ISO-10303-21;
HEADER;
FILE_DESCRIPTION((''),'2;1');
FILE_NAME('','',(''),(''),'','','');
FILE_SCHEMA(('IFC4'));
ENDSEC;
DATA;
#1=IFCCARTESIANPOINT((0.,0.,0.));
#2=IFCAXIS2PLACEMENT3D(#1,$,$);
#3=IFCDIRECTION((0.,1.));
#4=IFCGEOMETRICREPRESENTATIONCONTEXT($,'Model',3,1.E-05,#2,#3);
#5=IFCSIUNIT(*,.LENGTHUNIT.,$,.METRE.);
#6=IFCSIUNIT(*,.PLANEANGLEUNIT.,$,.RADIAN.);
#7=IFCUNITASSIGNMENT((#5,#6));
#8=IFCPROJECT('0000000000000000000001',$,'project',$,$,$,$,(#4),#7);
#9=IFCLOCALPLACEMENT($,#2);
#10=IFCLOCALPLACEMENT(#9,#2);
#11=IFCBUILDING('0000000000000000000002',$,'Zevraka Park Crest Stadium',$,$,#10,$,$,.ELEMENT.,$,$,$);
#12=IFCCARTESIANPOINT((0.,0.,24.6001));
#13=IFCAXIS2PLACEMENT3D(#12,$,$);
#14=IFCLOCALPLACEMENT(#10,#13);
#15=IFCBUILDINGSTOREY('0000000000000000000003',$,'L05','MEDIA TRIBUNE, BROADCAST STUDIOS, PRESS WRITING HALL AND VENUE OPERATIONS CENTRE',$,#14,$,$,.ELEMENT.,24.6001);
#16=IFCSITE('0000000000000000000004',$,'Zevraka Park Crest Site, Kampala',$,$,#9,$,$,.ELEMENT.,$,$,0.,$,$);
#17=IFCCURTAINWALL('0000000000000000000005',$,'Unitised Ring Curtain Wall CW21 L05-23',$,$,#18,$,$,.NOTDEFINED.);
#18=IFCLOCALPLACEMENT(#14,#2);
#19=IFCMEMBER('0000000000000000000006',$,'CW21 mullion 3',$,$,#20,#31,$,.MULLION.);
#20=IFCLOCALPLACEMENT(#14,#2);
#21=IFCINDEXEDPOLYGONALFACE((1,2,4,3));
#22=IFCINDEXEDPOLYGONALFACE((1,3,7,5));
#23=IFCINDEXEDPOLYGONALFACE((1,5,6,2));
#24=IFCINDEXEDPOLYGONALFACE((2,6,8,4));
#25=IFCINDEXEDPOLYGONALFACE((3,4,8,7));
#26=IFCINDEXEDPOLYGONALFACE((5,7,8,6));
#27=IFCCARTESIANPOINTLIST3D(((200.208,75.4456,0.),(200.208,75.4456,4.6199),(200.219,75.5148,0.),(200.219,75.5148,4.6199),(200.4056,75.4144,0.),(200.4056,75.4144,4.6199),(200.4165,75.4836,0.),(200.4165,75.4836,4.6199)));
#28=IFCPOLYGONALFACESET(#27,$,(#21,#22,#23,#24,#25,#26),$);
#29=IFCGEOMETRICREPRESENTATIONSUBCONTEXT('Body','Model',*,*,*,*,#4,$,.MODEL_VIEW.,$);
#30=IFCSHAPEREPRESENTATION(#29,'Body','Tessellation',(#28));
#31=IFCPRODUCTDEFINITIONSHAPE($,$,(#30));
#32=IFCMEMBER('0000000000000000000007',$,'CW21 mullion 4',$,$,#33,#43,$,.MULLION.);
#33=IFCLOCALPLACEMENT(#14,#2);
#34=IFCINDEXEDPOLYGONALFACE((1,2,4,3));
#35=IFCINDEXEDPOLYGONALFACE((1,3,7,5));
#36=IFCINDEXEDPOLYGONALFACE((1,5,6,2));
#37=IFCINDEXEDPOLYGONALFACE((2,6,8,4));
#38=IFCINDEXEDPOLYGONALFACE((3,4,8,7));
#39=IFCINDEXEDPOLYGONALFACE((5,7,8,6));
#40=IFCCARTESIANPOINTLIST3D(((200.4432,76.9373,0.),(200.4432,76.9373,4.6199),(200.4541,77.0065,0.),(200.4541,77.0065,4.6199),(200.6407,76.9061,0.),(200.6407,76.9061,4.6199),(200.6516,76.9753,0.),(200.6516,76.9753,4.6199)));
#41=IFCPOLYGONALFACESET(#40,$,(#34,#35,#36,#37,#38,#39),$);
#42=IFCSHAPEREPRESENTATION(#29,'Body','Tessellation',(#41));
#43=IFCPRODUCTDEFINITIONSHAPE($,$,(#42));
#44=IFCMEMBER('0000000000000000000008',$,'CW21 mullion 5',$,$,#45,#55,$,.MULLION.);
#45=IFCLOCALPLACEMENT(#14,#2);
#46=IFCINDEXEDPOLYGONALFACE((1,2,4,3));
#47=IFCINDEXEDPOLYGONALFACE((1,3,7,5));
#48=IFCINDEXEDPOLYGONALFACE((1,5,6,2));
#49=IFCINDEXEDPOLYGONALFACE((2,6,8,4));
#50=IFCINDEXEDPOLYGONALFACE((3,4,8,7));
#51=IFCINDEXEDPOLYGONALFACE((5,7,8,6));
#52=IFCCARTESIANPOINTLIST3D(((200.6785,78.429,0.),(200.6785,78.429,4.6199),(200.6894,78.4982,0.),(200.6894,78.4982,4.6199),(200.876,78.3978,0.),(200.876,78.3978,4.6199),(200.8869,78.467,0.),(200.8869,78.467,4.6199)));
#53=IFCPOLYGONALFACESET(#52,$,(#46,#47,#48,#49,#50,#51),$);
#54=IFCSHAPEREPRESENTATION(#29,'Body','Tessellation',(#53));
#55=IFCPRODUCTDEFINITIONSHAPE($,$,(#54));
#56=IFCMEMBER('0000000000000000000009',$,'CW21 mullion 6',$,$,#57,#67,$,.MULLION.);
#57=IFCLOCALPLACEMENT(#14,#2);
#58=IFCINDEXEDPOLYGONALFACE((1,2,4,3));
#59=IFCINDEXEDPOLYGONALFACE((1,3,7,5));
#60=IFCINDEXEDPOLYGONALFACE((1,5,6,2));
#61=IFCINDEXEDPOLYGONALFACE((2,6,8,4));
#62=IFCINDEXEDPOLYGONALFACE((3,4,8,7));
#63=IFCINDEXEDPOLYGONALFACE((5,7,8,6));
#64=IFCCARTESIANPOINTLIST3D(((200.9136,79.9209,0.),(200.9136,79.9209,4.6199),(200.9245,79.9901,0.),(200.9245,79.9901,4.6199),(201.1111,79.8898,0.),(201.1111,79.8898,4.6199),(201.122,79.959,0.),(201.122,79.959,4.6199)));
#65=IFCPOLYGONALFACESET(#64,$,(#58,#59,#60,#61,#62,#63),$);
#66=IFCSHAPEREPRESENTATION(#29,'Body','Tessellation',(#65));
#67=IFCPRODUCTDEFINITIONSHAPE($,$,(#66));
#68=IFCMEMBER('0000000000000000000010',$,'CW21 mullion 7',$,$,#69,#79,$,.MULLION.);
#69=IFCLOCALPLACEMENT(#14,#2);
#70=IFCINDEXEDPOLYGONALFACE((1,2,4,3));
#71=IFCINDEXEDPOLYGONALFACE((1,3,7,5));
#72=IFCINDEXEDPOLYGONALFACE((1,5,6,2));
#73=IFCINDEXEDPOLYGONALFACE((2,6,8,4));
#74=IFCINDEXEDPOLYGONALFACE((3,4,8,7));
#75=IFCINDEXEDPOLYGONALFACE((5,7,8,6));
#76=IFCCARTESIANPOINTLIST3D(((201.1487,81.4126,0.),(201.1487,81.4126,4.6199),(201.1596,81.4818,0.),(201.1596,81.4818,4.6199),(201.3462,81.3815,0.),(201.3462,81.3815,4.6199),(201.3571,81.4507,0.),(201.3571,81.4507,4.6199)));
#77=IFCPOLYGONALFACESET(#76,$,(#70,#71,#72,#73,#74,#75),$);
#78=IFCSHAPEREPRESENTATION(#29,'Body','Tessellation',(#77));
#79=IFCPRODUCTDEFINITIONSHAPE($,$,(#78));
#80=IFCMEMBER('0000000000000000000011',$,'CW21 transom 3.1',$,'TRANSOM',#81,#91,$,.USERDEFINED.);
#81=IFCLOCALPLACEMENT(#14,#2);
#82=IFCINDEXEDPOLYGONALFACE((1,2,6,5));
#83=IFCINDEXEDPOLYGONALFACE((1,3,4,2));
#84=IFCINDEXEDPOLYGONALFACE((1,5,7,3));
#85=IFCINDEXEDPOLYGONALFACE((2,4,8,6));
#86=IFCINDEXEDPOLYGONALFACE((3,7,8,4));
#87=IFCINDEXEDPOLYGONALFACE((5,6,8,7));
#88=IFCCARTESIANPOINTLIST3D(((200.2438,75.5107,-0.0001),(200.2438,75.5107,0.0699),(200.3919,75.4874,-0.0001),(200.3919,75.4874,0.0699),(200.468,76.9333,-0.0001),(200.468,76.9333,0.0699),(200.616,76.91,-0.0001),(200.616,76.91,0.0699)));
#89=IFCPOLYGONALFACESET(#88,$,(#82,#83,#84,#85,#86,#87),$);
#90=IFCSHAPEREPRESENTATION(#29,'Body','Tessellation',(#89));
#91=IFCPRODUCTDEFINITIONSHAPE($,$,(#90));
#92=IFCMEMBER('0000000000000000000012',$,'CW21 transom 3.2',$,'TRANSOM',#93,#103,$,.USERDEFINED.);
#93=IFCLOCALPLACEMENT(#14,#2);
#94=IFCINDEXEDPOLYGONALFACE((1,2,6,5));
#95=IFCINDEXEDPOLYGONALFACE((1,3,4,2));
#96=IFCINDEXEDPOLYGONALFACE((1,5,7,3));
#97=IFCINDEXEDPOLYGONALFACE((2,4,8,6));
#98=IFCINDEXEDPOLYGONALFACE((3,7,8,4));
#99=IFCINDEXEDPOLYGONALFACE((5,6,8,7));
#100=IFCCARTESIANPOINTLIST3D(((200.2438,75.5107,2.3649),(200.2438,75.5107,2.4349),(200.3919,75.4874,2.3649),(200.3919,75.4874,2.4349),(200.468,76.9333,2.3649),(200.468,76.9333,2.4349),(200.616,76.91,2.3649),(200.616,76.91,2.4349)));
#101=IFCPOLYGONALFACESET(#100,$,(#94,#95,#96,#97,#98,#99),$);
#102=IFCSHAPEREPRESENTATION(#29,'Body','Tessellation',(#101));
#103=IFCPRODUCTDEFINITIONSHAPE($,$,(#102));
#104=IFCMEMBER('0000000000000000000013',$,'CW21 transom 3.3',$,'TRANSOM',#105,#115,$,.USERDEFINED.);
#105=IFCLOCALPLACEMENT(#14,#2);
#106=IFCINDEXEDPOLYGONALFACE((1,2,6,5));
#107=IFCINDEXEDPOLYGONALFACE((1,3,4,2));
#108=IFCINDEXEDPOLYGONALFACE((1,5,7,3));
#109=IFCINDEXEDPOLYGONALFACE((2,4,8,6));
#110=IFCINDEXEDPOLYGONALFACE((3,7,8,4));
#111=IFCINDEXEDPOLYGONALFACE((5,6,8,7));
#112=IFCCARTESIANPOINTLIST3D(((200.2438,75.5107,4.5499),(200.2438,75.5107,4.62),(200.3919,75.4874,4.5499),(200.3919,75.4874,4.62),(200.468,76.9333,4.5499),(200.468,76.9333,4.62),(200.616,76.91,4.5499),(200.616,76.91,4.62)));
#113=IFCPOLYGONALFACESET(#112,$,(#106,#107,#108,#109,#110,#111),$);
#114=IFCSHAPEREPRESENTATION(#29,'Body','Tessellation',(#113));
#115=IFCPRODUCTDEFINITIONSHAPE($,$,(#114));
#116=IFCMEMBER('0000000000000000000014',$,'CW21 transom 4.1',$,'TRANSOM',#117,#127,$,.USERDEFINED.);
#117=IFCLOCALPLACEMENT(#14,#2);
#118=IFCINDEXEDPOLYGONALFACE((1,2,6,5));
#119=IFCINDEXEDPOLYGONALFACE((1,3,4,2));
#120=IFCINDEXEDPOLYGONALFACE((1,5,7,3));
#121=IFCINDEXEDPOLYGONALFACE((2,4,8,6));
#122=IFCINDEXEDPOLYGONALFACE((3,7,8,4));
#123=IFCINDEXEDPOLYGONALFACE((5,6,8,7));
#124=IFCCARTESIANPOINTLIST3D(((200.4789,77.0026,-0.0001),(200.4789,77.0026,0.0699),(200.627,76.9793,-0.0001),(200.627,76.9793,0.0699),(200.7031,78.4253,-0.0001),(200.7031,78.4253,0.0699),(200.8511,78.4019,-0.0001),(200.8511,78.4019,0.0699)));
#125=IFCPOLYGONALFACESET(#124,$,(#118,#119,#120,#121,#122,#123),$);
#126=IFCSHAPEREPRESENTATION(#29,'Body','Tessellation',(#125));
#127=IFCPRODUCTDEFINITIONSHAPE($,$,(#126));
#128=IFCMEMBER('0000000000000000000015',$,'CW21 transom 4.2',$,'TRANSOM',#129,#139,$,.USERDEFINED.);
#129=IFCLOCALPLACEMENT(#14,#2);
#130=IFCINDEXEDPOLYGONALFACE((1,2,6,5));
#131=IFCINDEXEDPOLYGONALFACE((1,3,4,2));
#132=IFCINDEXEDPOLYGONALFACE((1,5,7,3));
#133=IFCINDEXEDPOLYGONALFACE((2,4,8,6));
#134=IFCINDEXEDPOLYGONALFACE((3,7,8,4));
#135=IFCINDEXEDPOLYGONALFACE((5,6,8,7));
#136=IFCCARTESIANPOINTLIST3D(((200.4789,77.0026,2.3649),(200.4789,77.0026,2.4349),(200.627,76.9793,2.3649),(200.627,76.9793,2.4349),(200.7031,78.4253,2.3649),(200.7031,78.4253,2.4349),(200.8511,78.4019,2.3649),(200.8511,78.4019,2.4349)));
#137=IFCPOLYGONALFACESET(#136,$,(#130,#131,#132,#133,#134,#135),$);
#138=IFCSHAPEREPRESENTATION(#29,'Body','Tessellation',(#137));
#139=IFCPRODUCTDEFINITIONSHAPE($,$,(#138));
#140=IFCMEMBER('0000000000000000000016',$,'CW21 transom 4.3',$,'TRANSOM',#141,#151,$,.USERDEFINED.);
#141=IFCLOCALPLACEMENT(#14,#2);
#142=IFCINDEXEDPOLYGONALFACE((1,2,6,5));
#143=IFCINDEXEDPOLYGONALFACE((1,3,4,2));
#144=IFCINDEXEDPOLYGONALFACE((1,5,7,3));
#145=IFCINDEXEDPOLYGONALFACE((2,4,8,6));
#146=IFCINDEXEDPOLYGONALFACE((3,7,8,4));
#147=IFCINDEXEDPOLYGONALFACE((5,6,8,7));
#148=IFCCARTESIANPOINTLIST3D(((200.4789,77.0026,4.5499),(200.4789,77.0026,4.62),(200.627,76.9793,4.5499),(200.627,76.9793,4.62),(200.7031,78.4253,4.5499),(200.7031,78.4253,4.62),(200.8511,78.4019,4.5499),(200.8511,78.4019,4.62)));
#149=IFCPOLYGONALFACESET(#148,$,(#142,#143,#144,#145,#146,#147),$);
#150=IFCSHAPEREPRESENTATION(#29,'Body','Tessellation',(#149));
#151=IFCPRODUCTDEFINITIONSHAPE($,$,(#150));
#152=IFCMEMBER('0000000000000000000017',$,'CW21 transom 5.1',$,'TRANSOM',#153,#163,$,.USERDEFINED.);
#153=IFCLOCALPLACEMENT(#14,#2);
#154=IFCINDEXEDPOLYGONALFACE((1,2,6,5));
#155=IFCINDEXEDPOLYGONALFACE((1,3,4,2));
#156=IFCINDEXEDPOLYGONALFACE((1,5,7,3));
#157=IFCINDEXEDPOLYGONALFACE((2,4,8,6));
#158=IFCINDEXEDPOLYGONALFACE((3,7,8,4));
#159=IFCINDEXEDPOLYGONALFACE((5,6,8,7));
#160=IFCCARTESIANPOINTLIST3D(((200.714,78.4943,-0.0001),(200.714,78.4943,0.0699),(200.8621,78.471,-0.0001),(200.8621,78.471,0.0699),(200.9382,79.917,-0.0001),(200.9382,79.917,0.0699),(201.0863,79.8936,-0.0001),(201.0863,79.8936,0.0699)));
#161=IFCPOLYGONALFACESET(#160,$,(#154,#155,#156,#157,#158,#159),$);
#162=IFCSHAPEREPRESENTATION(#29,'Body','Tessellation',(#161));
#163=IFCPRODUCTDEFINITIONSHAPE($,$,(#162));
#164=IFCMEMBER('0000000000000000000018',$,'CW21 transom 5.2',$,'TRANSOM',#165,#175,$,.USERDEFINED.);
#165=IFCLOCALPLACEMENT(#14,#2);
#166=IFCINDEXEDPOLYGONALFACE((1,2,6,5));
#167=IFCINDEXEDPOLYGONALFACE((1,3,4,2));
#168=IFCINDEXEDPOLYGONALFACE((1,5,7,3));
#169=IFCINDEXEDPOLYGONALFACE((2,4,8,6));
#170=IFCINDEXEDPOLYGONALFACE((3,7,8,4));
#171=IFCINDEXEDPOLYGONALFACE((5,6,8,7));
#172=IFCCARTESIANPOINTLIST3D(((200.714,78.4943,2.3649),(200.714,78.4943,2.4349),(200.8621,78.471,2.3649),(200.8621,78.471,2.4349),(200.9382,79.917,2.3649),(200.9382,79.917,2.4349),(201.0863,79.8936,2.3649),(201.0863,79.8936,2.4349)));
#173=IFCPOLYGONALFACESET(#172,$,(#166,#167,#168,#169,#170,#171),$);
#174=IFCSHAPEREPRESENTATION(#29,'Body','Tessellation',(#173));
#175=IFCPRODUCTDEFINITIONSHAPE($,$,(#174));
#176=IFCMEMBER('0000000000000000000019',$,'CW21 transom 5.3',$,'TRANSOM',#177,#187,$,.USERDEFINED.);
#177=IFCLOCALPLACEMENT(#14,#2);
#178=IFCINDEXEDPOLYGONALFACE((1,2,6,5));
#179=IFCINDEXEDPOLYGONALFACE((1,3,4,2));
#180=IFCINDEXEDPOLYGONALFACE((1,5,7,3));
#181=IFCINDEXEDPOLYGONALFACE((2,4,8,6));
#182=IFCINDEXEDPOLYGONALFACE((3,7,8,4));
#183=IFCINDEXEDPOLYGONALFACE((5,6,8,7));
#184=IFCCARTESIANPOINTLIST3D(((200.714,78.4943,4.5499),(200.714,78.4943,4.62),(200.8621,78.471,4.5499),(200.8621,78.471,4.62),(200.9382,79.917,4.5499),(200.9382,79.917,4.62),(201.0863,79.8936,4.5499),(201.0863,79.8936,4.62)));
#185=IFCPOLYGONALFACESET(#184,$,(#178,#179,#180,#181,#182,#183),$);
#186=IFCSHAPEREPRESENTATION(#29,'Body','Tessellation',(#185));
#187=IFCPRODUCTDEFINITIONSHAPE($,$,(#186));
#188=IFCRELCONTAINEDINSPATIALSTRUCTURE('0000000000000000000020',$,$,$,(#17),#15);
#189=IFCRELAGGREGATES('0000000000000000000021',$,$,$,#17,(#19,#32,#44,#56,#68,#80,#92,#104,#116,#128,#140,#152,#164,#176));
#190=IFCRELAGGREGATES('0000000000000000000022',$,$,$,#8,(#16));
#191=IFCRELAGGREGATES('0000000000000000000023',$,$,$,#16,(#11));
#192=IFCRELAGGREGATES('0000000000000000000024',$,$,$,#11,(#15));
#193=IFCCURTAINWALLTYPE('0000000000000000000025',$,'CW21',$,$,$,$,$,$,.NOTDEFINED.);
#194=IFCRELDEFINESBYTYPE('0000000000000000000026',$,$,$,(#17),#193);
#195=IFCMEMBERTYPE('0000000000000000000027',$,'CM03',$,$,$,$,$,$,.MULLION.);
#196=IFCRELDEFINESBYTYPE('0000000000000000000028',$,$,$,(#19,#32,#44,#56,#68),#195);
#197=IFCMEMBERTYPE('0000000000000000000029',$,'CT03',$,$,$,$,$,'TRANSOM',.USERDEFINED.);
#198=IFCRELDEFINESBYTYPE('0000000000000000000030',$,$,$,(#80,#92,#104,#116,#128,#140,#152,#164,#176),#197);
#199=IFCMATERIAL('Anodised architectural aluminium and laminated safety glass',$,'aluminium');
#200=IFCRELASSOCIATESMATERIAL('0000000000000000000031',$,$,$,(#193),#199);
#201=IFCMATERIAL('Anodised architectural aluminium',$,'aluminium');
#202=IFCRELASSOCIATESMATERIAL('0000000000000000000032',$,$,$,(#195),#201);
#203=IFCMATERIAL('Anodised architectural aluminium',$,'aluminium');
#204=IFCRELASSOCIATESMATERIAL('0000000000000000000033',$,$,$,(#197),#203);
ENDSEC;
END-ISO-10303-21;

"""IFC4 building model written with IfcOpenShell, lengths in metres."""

from ifc_helpers import new_model, si_unit, direction, frame, origin, origin_2d, place, context, subcontext, project, spatial, rectangle, extrude, material, material_profile, profile_set, type_object, element, aggregate, save


model = new_model("IFC4")

# Units and contexts
model_context = context("Model", 3, precision=1e-05, world=origin(), true_north=direction((0.0, 1.0)))
body_context = subcontext(model_context, "Body", "Model", "MODEL_VIEW")
ifc_project = project(units=[si_unit("LENGTHUNIT", "METRE"), si_unit("PLANEANGLEUNIT", "RADIAN")], contexts=[model_context])

# Site, building, storey
site_placement = place(None, origin())
site = spatial("IfcSite", under=ifc_project, at=site_placement, Name="Zevraka Park Crest Site, Kampala", CompositionType="ELEMENT", RefElevation=0.0)
building_placement = place(site_placement, origin())
building = spatial("IfcBuilding", under=site, at=building_placement, Name="Zevraka Park Crest Stadium", CompositionType="ELEMENT")
storey_placement = place(building_placement, frame((0.0, 0.0, 24.6001)))
storey = spatial("IfcBuildingStorey", under=building, at=storey_placement, Name="L05", Description="MEDIA TRIBUNE, BROADCAST STUDIOS, PRESS WRITING HALL AND VENUE OPERATIONS CENTRE", CompositionType="ELEMENT", Elevation=24.6001)

# Curtain wall, members
ifc_material_1 = material(Name="Anodised architectural aluminium and laminated safety glass", Category="aluminium")
curtain_wall_type = type_object("IfcCurtainWallType", Name="CW21", PredefinedType="NOTDEFINED", material=ifc_material_1)
curtain_wall_placement = place(storey_placement, origin())
curtain_wall = element("IfcCurtainWall", 1, at=curtain_wall_placement, inside=storey, type_object=curtain_wall_type, Name="Unitised Ring Curtain Wall CW21 L05-23", PredefinedType="NOTDEFINED")
ifc_material_2 = material(Name="Anodised architectural aluminium", Category="aluminium")
ifc_material_profile_1 = material_profile(ifc_material_2, rectangle(XDim=0.2, YDim=0.0701, at=origin_2d()), Name="ALU MULLION 200x70")
ifc_profile_set_1 = profile_set([ifc_material_profile_1], Name="Anodised architectural aluminium")
member_type_1 = type_object("IfcMemberType", Name="CM03", PredefinedType="MULLION", material=ifc_profile_set_1)
member_1_placement = place(storey_placement, frame((200.3123, 75.4646, 0.0), z_axis=(0.0, 0.0, 1.0), x_axis=(-0.987803, 0.155711, 0.0)))
member_1 = element("IfcMember", 2, at=member_1_placement, type_object=member_type_1, Name="CW21 mullion 3", PredefinedType="MULLION", context=body_context, shape_type="SweptSolid", body=[
    extrude(rectangle(XDim=0.2, YDim=0.0701, at=origin_2d()), origin(), (0.0, 0.0, 1.0), 4.6199),
])
member_2_placement = place(storey_placement, frame((200.5474, 76.9563, 0.0), z_axis=(0.0, 0.0, 1.0), x_axis=(-0.987803, 0.155711, 0.0)))
member_2 = element("IfcMember", 3, at=member_2_placement, type_object=member_type_1, Name="CW21 mullion 4", PredefinedType="MULLION", context=body_context, shape_type="SweptSolid", body=[
    extrude(rectangle(XDim=0.2, YDim=0.0701, at=origin_2d()), origin(), (0.0, 0.0, 1.0), 4.6199),
])
member_3_placement = place(storey_placement, frame((200.7827, 78.448, 0.0), z_axis=(0.0, 0.0, 1.0), x_axis=(-0.987803, 0.155711, 0.0)))
member_3 = element("IfcMember", 4, at=member_3_placement, type_object=member_type_1, Name="CW21 mullion 5", PredefinedType="MULLION", context=body_context, shape_type="SweptSolid", body=[
    extrude(rectangle(XDim=0.2, YDim=0.0701, at=origin_2d()), origin(), (0.0, 0.0, 1.0), 4.6199),
])
member_4_placement = place(storey_placement, frame((201.0178, 79.9399, 0.0), z_axis=(0.0, 0.0, 1.0), x_axis=(-0.987803, 0.155711, 0.0)))
member_4 = element("IfcMember", 5, at=member_4_placement, type_object=member_type_1, Name="CW21 mullion 6", PredefinedType="MULLION", context=body_context, shape_type="SweptSolid", body=[
    extrude(rectangle(XDim=0.2, YDim=0.0701, at=origin_2d()), origin(), (0.0, 0.0, 1.0), 4.6199),
])
member_5_placement = place(storey_placement, frame((201.2529, 81.4316, 0.0), z_axis=(0.0, 0.0, 1.0), x_axis=(-0.987803, 0.155711, 0.0)))
member_5 = element("IfcMember", 6, at=member_5_placement, type_object=member_type_1, Name="CW21 mullion 7", PredefinedType="MULLION", context=body_context, shape_type="SweptSolid", body=[
    extrude(rectangle(XDim=0.2, YDim=0.0701, at=origin_2d()), origin(), (0.0, 0.0, 1.0), 4.6199),
])
ifc_material_3 = material(Name="Anodised architectural aluminium", Category="aluminium")
ifc_material_profile_2 = material_profile(ifc_material_3, rectangle(XDim=0.1499, YDim=0.0701, at=origin_2d()), Name="ALU TRANSOM 150x70")
ifc_profile_set_2 = profile_set([ifc_material_profile_2], Name="Anodised architectural aluminium")
member_type_2 = type_object("IfcMemberType", Name="CT03", ElementType="TRANSOM", PredefinedType="USERDEFINED", material=ifc_profile_set_2)
member_6_placement = place(storey_placement, frame((200.3179, 75.499, 0.0349), z_axis=(0.155623, 0.987817, 0.0), x_axis=(-0.987817, 0.155623, 0.0)))
member_6 = element("IfcMember", 7, at=member_6_placement, type_object=member_type_2, Name="CW21 transom 3.1", ObjectType="TRANSOM", PredefinedType="USERDEFINED", context=body_context, shape_type="SweptSolid", body=[
    extrude(rectangle(XDim=0.1499, YDim=0.0701, at=origin_2d()), origin(), (0.0, 0.0, 1.0), 1.4402),
])
member_7_placement = place(storey_placement, frame((200.3179, 75.499, 2.3999), z_axis=(0.155623, 0.987817, 0.0), x_axis=(-0.987817, 0.155623, 0.0)))
member_7 = element("IfcMember", 8, at=member_7_placement, type_object=member_type_2, Name="CW21 transom 3.2", ObjectType="TRANSOM", PredefinedType="USERDEFINED", context=body_context, shape_type="SweptSolid", body=[
    extrude(rectangle(XDim=0.1499, YDim=0.0701, at=origin_2d()), origin(), (0.0, 0.0, 1.0), 1.4402),
])
member_8_placement = place(storey_placement, frame((200.3179, 75.499, 4.585), z_axis=(0.155623, 0.987817, 0.0), x_axis=(-0.987817, 0.155623, 0.0)))
member_8 = element("IfcMember", 9, at=member_8_placement, type_object=member_type_2, Name="CW21 transom 3.3", ObjectType="TRANSOM", PredefinedType="USERDEFINED", context=body_context, shape_type="SweptSolid", body=[
    extrude(rectangle(XDim=0.1499, YDim=0.0701, at=origin_2d()), origin(), (0.0, 0.0, 1.0), 1.4402),
])
member_9_placement = place(storey_placement, frame((200.553, 76.991, 0.0349), z_axis=(0.155623, 0.987817, 0.0), x_axis=(-0.987817, 0.155623, 0.0)))
member_9 = element("IfcMember", 10, at=member_9_placement, type_object=member_type_2, Name="CW21 transom 4.1", ObjectType="TRANSOM", PredefinedType="USERDEFINED", context=body_context, shape_type="SweptSolid", body=[
    extrude(rectangle(XDim=0.1499, YDim=0.0701, at=origin_2d()), origin(), (0.0, 0.0, 1.0), 1.4402),
])
member_10_placement = place(storey_placement, frame((200.553, 76.991, 2.3999), z_axis=(0.155623, 0.987817, 0.0), x_axis=(-0.987817, 0.155623, 0.0)))
member_10 = element("IfcMember", 11, at=member_10_placement, type_object=member_type_2, Name="CW21 transom 4.2", ObjectType="TRANSOM", PredefinedType="USERDEFINED", context=body_context, shape_type="SweptSolid", body=[
    extrude(rectangle(XDim=0.1499, YDim=0.0701, at=origin_2d()), origin(), (0.0, 0.0, 1.0), 1.4402),
])
member_11_placement = place(storey_placement, frame((200.553, 76.991, 4.585), z_axis=(0.155623, 0.987817, 0.0), x_axis=(-0.987817, 0.155623, 0.0)))
member_11 = element("IfcMember", 12, at=member_11_placement, type_object=member_type_2, Name="CW21 transom 4.3", ObjectType="TRANSOM", PredefinedType="USERDEFINED", context=body_context, shape_type="SweptSolid", body=[
    extrude(rectangle(XDim=0.1499, YDim=0.0701, at=origin_2d()), origin(), (0.0, 0.0, 1.0), 1.4402),
])
member_12_placement = place(storey_placement, frame((200.7881, 78.4827, 0.0349), z_axis=(0.155623, 0.987817, 0.0), x_axis=(-0.987817, 0.155623, 0.0)))
member_12 = element("IfcMember", 13, at=member_12_placement, type_object=member_type_2, Name="CW21 transom 5.1", ObjectType="TRANSOM", PredefinedType="USERDEFINED", context=body_context, shape_type="SweptSolid", body=[
    extrude(rectangle(XDim=0.1499, YDim=0.0701, at=origin_2d()), origin(), (0.0, 0.0, 1.0), 1.4402),
])
member_13_placement = place(storey_placement, frame((200.7881, 78.4827, 2.3999), z_axis=(0.155623, 0.987817, 0.0), x_axis=(-0.987817, 0.155623, 0.0)))
member_13 = element("IfcMember", 14, at=member_13_placement, type_object=member_type_2, Name="CW21 transom 5.2", ObjectType="TRANSOM", PredefinedType="USERDEFINED", context=body_context, shape_type="SweptSolid", body=[
    extrude(rectangle(XDim=0.1499, YDim=0.0701, at=origin_2d()), origin(), (0.0, 0.0, 1.0), 1.4402),
])
member_14_placement = place(storey_placement, frame((200.7881, 78.4827, 4.585), z_axis=(0.155623, 0.987817, 0.0), x_axis=(-0.987817, 0.155623, 0.0)))
member_14 = element("IfcMember", 15, at=member_14_placement, type_object=member_type_2, Name="CW21 transom 5.3", ObjectType="TRANSOM", PredefinedType="USERDEFINED", context=body_context, shape_type="SweptSolid", body=[
    extrude(rectangle(XDim=0.1499, YDim=0.0701, at=origin_2d()), origin(), (0.0, 0.0, 1.0), 1.4402),
])
aggregate(curtain_wall, [member_1, member_2, member_3, member_4, member_5, member_6, member_7, member_8, member_9, member_10, member_11, member_12, member_13, member_14])

save(model, "model.ifc")
